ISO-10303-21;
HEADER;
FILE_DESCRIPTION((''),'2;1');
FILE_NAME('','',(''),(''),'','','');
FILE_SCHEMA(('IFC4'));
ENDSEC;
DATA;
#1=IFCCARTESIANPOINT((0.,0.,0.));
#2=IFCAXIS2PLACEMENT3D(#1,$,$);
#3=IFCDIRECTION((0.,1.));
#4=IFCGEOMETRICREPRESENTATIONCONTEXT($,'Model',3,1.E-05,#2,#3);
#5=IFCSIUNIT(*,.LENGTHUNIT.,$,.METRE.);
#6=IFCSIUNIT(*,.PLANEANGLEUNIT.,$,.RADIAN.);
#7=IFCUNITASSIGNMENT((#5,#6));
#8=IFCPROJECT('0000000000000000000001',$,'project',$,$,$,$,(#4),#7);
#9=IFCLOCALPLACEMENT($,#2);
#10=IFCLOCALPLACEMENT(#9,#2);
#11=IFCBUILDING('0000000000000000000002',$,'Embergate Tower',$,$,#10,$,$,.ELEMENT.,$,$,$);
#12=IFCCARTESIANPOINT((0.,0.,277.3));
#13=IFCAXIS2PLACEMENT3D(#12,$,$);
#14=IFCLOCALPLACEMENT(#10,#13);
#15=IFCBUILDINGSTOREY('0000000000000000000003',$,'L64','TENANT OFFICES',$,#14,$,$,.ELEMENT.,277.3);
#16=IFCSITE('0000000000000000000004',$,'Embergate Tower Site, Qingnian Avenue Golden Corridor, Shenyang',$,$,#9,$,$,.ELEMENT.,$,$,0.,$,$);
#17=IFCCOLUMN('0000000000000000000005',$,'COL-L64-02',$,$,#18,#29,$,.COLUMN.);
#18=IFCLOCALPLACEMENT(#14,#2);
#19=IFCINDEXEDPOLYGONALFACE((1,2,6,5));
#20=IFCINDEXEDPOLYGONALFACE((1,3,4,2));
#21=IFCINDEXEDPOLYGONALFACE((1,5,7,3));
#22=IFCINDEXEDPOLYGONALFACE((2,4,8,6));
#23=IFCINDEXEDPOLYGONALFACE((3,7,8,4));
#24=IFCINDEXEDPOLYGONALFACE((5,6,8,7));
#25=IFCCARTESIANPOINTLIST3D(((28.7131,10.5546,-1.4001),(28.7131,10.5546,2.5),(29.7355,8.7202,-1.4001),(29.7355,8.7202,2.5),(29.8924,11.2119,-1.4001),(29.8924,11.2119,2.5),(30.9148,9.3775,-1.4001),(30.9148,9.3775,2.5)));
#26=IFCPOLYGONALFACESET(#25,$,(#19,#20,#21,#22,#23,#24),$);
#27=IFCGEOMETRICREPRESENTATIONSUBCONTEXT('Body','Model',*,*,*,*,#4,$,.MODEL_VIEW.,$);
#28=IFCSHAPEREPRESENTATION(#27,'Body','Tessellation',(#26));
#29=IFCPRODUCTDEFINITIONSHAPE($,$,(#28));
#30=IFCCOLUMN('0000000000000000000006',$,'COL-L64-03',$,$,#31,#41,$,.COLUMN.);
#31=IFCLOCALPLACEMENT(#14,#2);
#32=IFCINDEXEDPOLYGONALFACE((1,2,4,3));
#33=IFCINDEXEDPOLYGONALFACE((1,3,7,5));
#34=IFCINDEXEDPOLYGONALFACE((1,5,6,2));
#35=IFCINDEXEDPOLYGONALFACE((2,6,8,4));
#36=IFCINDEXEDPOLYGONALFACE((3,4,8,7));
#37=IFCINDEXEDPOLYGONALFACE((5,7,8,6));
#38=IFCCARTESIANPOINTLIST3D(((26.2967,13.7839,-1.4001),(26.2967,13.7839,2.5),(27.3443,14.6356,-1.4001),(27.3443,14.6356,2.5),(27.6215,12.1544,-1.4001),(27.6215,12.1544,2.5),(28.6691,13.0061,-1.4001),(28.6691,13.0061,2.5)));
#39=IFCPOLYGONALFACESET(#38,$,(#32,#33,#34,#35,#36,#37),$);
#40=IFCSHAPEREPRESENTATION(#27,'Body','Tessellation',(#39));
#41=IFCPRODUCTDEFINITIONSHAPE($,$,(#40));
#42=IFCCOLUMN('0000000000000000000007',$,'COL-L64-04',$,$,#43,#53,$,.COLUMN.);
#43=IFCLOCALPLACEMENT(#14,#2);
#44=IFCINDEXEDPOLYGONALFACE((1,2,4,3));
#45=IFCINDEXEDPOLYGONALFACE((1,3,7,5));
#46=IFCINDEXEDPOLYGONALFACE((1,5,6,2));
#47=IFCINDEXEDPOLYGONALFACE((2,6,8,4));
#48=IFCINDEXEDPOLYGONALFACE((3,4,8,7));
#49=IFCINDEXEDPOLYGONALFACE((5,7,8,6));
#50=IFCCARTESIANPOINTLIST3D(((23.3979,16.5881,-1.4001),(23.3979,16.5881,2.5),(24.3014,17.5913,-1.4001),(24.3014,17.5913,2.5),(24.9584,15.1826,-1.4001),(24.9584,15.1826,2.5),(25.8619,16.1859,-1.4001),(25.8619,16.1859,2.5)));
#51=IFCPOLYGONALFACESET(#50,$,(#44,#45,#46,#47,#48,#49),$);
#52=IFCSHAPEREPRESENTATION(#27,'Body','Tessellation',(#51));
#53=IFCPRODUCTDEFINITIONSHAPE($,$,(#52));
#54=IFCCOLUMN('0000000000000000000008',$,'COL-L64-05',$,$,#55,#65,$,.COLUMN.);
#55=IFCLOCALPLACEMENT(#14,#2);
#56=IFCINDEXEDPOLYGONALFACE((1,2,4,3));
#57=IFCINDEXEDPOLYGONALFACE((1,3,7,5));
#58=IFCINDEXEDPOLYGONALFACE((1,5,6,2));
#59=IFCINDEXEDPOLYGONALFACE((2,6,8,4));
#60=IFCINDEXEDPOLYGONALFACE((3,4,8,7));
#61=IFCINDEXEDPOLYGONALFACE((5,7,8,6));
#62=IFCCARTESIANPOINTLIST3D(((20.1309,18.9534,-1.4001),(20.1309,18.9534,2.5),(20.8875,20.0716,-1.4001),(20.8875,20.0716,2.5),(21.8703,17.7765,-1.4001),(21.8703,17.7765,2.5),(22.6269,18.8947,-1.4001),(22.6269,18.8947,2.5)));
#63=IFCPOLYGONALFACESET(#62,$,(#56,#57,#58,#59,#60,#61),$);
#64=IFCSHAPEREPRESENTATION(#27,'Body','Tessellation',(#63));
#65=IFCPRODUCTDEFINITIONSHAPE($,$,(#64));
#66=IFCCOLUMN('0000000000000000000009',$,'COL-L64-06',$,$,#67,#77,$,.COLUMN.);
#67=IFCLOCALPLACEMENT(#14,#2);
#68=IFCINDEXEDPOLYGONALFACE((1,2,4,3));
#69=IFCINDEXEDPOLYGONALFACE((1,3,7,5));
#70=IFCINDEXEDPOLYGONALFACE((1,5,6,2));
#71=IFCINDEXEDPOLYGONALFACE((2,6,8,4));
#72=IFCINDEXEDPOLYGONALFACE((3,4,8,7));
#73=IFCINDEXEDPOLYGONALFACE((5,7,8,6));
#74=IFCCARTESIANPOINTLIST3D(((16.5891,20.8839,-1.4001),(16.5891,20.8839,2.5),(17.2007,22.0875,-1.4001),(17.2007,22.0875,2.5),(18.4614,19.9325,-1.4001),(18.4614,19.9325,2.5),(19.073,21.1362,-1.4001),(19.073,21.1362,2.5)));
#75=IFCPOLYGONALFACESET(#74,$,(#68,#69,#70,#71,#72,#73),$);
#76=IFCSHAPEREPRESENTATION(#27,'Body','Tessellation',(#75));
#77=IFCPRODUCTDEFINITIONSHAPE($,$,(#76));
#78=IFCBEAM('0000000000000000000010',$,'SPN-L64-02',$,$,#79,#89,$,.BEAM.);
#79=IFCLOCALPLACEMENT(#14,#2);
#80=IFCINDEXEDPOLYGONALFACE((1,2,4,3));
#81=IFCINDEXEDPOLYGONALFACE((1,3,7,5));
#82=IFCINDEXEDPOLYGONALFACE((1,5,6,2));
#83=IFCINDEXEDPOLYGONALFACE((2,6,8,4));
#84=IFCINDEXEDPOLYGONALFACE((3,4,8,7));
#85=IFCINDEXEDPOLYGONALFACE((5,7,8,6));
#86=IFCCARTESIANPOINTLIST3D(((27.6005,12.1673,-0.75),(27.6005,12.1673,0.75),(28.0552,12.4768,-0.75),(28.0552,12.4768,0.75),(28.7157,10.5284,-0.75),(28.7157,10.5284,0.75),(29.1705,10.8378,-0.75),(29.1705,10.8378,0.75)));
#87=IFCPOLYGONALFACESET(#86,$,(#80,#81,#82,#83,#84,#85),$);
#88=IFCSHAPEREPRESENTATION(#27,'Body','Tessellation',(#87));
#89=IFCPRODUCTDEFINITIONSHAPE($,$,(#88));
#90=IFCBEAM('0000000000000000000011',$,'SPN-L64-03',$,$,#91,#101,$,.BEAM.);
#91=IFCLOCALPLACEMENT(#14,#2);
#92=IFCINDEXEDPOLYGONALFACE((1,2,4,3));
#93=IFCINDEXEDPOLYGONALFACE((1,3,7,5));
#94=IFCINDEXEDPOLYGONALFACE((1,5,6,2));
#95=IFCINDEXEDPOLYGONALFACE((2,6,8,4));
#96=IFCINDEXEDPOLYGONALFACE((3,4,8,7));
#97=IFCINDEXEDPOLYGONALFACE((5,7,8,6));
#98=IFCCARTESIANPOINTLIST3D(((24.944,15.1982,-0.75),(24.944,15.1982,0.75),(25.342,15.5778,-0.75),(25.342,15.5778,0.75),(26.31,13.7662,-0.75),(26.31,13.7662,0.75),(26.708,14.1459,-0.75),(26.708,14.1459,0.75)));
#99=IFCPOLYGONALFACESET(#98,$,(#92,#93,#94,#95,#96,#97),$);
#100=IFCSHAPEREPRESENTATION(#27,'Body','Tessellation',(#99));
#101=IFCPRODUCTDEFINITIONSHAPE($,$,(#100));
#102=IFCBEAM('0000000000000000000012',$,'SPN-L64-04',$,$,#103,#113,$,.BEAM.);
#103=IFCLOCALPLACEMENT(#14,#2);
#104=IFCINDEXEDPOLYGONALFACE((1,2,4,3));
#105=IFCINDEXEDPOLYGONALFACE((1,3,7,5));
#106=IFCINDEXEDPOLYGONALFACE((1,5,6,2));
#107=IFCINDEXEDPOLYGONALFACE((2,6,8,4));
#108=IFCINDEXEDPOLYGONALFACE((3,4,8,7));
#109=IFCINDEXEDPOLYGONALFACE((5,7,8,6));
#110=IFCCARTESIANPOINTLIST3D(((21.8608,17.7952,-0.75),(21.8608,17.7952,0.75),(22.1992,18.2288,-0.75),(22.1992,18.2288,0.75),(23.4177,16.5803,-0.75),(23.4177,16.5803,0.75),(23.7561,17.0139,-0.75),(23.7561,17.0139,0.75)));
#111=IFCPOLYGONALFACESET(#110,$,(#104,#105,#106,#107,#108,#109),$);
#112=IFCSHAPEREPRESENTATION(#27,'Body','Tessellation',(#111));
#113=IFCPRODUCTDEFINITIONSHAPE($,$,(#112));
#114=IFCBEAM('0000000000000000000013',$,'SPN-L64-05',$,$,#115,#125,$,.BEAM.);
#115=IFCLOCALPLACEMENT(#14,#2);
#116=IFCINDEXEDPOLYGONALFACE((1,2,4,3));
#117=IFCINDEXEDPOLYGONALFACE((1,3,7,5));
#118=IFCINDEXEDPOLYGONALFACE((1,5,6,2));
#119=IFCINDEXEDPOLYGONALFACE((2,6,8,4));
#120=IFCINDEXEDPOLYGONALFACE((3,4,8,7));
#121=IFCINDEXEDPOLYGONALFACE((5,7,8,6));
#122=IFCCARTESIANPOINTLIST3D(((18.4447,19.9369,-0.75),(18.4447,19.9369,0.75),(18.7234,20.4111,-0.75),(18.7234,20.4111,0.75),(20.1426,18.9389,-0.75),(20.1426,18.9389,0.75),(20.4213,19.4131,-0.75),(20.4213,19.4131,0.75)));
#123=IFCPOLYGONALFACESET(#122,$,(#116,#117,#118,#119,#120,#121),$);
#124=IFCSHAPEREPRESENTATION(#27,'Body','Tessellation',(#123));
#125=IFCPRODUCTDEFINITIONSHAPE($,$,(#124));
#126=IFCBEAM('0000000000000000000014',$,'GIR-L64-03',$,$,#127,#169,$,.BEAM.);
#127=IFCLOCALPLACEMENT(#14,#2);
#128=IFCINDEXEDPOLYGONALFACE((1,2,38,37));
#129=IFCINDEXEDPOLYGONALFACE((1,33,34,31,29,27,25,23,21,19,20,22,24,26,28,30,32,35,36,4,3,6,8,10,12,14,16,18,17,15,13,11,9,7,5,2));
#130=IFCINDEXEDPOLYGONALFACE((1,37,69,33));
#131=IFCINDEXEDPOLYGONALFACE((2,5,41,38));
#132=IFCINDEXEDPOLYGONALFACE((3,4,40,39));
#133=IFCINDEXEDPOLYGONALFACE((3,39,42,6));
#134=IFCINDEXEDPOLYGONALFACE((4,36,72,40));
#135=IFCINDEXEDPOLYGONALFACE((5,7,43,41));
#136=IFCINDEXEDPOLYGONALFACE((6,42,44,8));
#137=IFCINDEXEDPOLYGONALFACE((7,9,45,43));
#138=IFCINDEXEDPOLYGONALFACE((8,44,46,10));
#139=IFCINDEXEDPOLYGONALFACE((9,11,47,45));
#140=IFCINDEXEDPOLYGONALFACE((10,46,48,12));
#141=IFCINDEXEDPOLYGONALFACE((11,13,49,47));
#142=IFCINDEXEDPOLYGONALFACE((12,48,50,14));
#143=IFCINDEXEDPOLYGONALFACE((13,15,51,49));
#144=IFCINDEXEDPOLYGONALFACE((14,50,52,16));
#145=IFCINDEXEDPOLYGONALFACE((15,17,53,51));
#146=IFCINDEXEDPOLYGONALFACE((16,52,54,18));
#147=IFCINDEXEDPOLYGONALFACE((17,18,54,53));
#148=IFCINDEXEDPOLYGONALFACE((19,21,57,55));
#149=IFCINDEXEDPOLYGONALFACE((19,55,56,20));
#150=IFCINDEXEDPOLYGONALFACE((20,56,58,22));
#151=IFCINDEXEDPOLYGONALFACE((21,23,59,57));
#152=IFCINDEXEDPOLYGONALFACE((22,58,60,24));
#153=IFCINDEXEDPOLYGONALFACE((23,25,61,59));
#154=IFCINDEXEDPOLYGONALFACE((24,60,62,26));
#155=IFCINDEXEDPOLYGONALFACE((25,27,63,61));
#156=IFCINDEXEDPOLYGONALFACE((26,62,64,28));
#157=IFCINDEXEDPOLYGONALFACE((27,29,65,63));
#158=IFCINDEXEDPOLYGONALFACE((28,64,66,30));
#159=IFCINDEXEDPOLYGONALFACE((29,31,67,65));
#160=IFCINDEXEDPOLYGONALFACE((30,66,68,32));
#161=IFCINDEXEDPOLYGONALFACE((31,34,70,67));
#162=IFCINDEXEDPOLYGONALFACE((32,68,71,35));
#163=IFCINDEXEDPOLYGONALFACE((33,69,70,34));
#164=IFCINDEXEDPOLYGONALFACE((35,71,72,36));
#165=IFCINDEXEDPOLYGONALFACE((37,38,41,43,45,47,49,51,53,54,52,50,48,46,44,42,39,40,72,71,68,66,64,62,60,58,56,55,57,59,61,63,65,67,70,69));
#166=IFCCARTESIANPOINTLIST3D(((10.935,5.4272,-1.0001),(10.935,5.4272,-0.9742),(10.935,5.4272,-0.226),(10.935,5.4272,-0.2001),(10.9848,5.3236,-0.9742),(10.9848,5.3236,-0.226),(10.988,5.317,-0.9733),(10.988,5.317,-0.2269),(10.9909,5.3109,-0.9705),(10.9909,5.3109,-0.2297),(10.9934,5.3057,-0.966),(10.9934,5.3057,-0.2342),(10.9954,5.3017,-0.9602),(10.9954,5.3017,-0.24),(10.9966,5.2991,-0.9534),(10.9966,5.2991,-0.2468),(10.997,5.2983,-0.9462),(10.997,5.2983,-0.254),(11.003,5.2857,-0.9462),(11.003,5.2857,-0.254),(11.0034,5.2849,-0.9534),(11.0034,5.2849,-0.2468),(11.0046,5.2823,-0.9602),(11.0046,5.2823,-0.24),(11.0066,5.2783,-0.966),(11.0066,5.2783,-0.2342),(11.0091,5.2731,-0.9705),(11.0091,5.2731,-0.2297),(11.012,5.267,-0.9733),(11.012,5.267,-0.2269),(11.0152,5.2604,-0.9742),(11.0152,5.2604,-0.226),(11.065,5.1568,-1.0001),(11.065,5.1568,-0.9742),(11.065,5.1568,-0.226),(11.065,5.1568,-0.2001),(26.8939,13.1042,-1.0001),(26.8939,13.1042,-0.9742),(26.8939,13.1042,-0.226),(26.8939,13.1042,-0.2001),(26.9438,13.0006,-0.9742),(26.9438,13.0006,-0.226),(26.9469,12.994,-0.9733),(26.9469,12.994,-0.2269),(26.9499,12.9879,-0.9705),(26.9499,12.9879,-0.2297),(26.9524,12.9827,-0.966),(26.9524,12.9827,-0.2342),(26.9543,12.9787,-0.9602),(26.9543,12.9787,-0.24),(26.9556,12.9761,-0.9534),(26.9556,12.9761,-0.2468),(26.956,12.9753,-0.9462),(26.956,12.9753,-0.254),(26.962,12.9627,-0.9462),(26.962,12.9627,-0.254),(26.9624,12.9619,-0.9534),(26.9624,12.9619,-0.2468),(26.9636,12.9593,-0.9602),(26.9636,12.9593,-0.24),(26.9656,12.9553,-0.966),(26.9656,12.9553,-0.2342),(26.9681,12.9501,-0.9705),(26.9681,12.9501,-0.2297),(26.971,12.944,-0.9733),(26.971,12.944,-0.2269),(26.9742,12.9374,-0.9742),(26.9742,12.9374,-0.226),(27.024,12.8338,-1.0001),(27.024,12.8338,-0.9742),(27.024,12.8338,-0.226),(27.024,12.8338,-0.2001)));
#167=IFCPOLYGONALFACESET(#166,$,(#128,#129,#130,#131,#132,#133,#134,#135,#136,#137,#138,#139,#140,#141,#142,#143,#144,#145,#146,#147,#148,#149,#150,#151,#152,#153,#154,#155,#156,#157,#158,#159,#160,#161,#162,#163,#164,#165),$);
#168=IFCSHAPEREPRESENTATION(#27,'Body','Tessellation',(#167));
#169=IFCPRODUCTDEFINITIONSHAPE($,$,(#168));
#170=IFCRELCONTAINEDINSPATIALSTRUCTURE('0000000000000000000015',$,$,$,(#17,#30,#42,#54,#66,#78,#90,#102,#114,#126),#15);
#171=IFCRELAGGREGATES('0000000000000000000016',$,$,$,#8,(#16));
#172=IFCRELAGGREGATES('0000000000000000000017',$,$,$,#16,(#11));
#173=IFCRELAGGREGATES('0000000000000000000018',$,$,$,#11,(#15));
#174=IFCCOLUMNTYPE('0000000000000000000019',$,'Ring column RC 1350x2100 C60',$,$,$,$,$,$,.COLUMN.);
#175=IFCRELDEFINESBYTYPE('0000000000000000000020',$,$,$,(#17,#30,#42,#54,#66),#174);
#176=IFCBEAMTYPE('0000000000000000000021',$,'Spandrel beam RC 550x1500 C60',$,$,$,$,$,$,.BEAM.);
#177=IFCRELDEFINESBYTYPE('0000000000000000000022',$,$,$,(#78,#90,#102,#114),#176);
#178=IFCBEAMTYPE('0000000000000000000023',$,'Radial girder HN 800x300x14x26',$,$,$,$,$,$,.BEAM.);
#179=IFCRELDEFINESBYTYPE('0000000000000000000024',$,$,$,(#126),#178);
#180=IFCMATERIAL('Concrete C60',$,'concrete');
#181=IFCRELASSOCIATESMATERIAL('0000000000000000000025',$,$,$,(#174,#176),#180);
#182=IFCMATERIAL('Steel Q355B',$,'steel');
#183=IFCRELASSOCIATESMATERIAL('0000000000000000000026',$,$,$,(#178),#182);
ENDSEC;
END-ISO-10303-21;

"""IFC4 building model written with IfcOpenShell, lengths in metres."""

from ifc_helpers import new_model, si_unit, direction, frame, origin, origin_2d, place, context, subcontext, project, spatial, rectangle, i_section, extrude, source, transform, mapped, material, material_profile, profile_set, type_object, element, save


model = new_model("IFC4")

# Units and contexts
model_context = context("Model", 3, precision=1e-05, world=origin(), true_north=direction((0.0, 1.0)))
body_context = subcontext(model_context, "Body", "Model", "MODEL_VIEW")
ifc_project = project(units=[si_unit("LENGTHUNIT", "METRE"), si_unit("PLANEANGLEUNIT", "RADIAN")], contexts=[model_context])

# Site, building, storey
site_placement = place(None, origin())
site = spatial("IfcSite", under=ifc_project, at=site_placement, Name="Embergate Tower Site, Qingnian Avenue Golden Corridor, Shenyang", CompositionType="ELEMENT", RefElevation=0.0)
building_placement = place(site_placement, origin())
building = spatial("IfcBuilding", under=site, at=building_placement, Name="Embergate Tower", CompositionType="ELEMENT")
storey_placement = place(building_placement, frame((0.0, 0.0, 277.3)))
storey = spatial("IfcBuildingStorey", under=building, at=storey_placement, Name="L64", Description="TENANT OFFICES", CompositionType="ELEMENT", Elevation=277.3)

# Columns
ifc_material_1 = material(Name="Concrete C60", Category="concrete")
ifc_material_profile_1 = material_profile(ifc_material_1, rectangle(XDim=1.3501, YDim=2.1001, at=origin_2d()), Name="RC 1350x2100")
ifc_profile_set_1 = profile_set([ifc_material_profile_1], Name="Concrete C60")
column_type = type_object("IfcColumnType", Name="Ring column RC 1350x2100 C60", PredefinedType="COLUMN", material=ifc_profile_set_1)
shared_shape_1 = source(origin(), body_context, "Body", "SweptSolid", [
    extrude(rectangle(XDim=1.3501, YDim=2.1001, at=origin_2d()), origin(), (0.0, 0.0, 1.0), 3.9001),
])
for number, where, z_axis, x_axis, name in (
    (1, (29.814, 9.9661, -1.4001), (0.0, 0.0, 1.0), (0.873492, 0.486839, 0.0), "COL-L64-02"),
    (2, (27.4829, 13.395, -1.4001), (0.0, 0.0, 1.0), (0.775914, 0.630838, 0.0), "COL-L64-03"),
    (3, (24.6299, 16.387, -1.4001), (0.0, 0.0, 1.0), (0.669208, 0.743075, 0.0), "COL-L64-04"),
    (4, (21.3789, 18.9241, -1.4001), (0.0, 0.0, 1.0), (0.560393, 0.828227, 0.0), "COL-L64-05"),
    (5, (17.8311, 21.01, -1.4001), (0.0, 0.0, 1.0), (0.452995, 0.891513, 0.0), "COL-L64-06"),
):
    element("IfcColumn", number, at=place(storey_placement, frame(where, z_axis=z_axis, x_axis=x_axis)), inside=storey, type_object=column_type, Name=name, PredefinedType="COLUMN", context=body_context, shape_type="MappedRepresentation", body=[
        mapped(shared_shape_1, transform((0.0, 0.0, 0.0))),
    ])

# Beams
ifc_material_profile_2 = material_profile(ifc_material_1, rectangle(XDim=0.55, YDim=1.5, at=origin_2d()), Name="RC 550x1500")
ifc_profile_set_2 = profile_set([ifc_material_profile_2], Name="Concrete C60")
beam_type_1 = type_object("IfcBeamType", Name="Spandrel beam RC 550x1500 C60", PredefinedType="BEAM", material=ifc_profile_set_2)
shared_shape_2 = source(origin(), body_context, "Body", "SweptSolid", [
    extrude(rectangle(XDim=0.55, YDim=1.5, at=origin_2d()), origin(), (0.0, 0.0, 1.0), 1.9824),
])
beam_1_placement = place(storey_placement, frame((28.9431, 10.6831, 0.0), z_axis=(-0.562576, 0.826745, 0.0), x_axis=(-0.826745, -0.562576, 0.0)))
element("IfcBeam", 6, at=beam_1_placement, inside=storey, type_object=beam_type_1, Name="SPN-L64-02", PredefinedType="BEAM", context=body_context, shape_type="MappedRepresentation", body=[
    mapped(shared_shape_2, transform((0.0, 0.0, 0.0))),
])
shared_shape_3 = source(origin(), body_context, "Body", "SweptSolid", [
    extrude(rectangle(XDim=0.55, YDim=1.5, at=origin_2d()), origin(), (0.0, 0.0, 1.0), 1.979),
])
beam_2_placement = place(storey_placement, frame((26.509, 13.9561, 0.0), z_axis=(-0.690256, 0.723566, 0.0), x_axis=(-0.723566, -0.690256, 0.0)))
element("IfcBeam", 7, at=beam_2_placement, inside=storey, type_object=beam_type_1, Name="SPN-L64-03", PredefinedType="BEAM", context=body_context, shape_type="MappedRepresentation", body=[
    mapped(shared_shape_3, transform((0.0, 0.0, 0.0))),
])
shared_shape_4 = source(origin(), body_context, "Body", "SweptSolid", [
    extrude(rectangle(XDim=0.55, YDim=1.5, at=origin_2d()), origin(), (0.0, 0.0, 1.0), 1.9749),
])
beam_3_placement = place(storey_placement, frame((23.5869, 16.7971, 0.0), z_axis=(-0.788386, 0.615181, 0.0), x_axis=(-0.615181, -0.788386, 0.0)))
element("IfcBeam", 8, at=beam_3_placement, inside=storey, type_object=beam_type_1, Name="SPN-L64-04", PredefinedType="BEAM", context=body_context, shape_type="MappedRepresentation", body=[
    mapped(shared_shape_4, transform((0.0, 0.0, 0.0))),
])
shared_shape_5 = source(origin(), body_context, "Body", "SweptSolid", [
    extrude(rectangle(XDim=0.55, YDim=1.5, at=origin_2d()), origin(), (0.0, 0.0, 1.0), 1.9695),
])
beam_4_placement = place(storey_placement, frame((20.282, 19.176, 0.0), z_axis=(-0.862106, 0.506728, 0.0), x_axis=(-0.506728, -0.862106, 0.0)))
element("IfcBeam", 9, at=beam_4_placement, inside=storey, type_object=beam_type_1, Name="SPN-L64-05", PredefinedType="BEAM", context=body_context, shape_type="MappedRepresentation", body=[
    mapped(shared_shape_5, transform((0.0, 0.0, 0.0))),
])
ifc_material_2 = material(Name="Steel Q355B", Category="steel")
ifc_material_profile_3 = material_profile(ifc_material_2, i_section(OverallWidth=0.3, OverallDepth=0.8, WebThickness=0.0139, FlangeThickness=0.0259, FilletRadius=0.0281, at=origin_2d()), Name="HN 800x300x14x26")
ifc_profile_set_3 = profile_set([ifc_material_profile_3], Name="Steel Q355 grade B")
beam_type_2 = type_object("IfcBeamType", Name="Radial girder HN 800x300x14x26", PredefinedType="BEAM", material=ifc_profile_set_3)
shared_shape_6 = source(origin(), body_context, "Body", "SweptSolid", [
    extrude(i_section(OverallWidth=0.3, OverallDepth=0.8, WebThickness=0.0139, FlangeThickness=0.0259, FilletRadius=0.0281, at=origin_2d()), origin(), (0.0, 0.0, 1.0), 17.7095),
])
beam_5_placement = place(storey_placement, frame((26.959, 12.969, -0.6001), z_axis=(-0.901155, -0.433497, 0.0), x_axis=(0.433497, -0.901155, 0.0)))
element("IfcBeam", 10, at=beam_5_placement, inside=storey, type_object=beam_type_2, Name="GIR-L64-03", PredefinedType="BEAM", context=body_context, shape_type="MappedRepresentation", body=[
    mapped(shared_shape_6, transform((0.0, 0.0, 0.0))),
])

save(model, "model.ifc")
